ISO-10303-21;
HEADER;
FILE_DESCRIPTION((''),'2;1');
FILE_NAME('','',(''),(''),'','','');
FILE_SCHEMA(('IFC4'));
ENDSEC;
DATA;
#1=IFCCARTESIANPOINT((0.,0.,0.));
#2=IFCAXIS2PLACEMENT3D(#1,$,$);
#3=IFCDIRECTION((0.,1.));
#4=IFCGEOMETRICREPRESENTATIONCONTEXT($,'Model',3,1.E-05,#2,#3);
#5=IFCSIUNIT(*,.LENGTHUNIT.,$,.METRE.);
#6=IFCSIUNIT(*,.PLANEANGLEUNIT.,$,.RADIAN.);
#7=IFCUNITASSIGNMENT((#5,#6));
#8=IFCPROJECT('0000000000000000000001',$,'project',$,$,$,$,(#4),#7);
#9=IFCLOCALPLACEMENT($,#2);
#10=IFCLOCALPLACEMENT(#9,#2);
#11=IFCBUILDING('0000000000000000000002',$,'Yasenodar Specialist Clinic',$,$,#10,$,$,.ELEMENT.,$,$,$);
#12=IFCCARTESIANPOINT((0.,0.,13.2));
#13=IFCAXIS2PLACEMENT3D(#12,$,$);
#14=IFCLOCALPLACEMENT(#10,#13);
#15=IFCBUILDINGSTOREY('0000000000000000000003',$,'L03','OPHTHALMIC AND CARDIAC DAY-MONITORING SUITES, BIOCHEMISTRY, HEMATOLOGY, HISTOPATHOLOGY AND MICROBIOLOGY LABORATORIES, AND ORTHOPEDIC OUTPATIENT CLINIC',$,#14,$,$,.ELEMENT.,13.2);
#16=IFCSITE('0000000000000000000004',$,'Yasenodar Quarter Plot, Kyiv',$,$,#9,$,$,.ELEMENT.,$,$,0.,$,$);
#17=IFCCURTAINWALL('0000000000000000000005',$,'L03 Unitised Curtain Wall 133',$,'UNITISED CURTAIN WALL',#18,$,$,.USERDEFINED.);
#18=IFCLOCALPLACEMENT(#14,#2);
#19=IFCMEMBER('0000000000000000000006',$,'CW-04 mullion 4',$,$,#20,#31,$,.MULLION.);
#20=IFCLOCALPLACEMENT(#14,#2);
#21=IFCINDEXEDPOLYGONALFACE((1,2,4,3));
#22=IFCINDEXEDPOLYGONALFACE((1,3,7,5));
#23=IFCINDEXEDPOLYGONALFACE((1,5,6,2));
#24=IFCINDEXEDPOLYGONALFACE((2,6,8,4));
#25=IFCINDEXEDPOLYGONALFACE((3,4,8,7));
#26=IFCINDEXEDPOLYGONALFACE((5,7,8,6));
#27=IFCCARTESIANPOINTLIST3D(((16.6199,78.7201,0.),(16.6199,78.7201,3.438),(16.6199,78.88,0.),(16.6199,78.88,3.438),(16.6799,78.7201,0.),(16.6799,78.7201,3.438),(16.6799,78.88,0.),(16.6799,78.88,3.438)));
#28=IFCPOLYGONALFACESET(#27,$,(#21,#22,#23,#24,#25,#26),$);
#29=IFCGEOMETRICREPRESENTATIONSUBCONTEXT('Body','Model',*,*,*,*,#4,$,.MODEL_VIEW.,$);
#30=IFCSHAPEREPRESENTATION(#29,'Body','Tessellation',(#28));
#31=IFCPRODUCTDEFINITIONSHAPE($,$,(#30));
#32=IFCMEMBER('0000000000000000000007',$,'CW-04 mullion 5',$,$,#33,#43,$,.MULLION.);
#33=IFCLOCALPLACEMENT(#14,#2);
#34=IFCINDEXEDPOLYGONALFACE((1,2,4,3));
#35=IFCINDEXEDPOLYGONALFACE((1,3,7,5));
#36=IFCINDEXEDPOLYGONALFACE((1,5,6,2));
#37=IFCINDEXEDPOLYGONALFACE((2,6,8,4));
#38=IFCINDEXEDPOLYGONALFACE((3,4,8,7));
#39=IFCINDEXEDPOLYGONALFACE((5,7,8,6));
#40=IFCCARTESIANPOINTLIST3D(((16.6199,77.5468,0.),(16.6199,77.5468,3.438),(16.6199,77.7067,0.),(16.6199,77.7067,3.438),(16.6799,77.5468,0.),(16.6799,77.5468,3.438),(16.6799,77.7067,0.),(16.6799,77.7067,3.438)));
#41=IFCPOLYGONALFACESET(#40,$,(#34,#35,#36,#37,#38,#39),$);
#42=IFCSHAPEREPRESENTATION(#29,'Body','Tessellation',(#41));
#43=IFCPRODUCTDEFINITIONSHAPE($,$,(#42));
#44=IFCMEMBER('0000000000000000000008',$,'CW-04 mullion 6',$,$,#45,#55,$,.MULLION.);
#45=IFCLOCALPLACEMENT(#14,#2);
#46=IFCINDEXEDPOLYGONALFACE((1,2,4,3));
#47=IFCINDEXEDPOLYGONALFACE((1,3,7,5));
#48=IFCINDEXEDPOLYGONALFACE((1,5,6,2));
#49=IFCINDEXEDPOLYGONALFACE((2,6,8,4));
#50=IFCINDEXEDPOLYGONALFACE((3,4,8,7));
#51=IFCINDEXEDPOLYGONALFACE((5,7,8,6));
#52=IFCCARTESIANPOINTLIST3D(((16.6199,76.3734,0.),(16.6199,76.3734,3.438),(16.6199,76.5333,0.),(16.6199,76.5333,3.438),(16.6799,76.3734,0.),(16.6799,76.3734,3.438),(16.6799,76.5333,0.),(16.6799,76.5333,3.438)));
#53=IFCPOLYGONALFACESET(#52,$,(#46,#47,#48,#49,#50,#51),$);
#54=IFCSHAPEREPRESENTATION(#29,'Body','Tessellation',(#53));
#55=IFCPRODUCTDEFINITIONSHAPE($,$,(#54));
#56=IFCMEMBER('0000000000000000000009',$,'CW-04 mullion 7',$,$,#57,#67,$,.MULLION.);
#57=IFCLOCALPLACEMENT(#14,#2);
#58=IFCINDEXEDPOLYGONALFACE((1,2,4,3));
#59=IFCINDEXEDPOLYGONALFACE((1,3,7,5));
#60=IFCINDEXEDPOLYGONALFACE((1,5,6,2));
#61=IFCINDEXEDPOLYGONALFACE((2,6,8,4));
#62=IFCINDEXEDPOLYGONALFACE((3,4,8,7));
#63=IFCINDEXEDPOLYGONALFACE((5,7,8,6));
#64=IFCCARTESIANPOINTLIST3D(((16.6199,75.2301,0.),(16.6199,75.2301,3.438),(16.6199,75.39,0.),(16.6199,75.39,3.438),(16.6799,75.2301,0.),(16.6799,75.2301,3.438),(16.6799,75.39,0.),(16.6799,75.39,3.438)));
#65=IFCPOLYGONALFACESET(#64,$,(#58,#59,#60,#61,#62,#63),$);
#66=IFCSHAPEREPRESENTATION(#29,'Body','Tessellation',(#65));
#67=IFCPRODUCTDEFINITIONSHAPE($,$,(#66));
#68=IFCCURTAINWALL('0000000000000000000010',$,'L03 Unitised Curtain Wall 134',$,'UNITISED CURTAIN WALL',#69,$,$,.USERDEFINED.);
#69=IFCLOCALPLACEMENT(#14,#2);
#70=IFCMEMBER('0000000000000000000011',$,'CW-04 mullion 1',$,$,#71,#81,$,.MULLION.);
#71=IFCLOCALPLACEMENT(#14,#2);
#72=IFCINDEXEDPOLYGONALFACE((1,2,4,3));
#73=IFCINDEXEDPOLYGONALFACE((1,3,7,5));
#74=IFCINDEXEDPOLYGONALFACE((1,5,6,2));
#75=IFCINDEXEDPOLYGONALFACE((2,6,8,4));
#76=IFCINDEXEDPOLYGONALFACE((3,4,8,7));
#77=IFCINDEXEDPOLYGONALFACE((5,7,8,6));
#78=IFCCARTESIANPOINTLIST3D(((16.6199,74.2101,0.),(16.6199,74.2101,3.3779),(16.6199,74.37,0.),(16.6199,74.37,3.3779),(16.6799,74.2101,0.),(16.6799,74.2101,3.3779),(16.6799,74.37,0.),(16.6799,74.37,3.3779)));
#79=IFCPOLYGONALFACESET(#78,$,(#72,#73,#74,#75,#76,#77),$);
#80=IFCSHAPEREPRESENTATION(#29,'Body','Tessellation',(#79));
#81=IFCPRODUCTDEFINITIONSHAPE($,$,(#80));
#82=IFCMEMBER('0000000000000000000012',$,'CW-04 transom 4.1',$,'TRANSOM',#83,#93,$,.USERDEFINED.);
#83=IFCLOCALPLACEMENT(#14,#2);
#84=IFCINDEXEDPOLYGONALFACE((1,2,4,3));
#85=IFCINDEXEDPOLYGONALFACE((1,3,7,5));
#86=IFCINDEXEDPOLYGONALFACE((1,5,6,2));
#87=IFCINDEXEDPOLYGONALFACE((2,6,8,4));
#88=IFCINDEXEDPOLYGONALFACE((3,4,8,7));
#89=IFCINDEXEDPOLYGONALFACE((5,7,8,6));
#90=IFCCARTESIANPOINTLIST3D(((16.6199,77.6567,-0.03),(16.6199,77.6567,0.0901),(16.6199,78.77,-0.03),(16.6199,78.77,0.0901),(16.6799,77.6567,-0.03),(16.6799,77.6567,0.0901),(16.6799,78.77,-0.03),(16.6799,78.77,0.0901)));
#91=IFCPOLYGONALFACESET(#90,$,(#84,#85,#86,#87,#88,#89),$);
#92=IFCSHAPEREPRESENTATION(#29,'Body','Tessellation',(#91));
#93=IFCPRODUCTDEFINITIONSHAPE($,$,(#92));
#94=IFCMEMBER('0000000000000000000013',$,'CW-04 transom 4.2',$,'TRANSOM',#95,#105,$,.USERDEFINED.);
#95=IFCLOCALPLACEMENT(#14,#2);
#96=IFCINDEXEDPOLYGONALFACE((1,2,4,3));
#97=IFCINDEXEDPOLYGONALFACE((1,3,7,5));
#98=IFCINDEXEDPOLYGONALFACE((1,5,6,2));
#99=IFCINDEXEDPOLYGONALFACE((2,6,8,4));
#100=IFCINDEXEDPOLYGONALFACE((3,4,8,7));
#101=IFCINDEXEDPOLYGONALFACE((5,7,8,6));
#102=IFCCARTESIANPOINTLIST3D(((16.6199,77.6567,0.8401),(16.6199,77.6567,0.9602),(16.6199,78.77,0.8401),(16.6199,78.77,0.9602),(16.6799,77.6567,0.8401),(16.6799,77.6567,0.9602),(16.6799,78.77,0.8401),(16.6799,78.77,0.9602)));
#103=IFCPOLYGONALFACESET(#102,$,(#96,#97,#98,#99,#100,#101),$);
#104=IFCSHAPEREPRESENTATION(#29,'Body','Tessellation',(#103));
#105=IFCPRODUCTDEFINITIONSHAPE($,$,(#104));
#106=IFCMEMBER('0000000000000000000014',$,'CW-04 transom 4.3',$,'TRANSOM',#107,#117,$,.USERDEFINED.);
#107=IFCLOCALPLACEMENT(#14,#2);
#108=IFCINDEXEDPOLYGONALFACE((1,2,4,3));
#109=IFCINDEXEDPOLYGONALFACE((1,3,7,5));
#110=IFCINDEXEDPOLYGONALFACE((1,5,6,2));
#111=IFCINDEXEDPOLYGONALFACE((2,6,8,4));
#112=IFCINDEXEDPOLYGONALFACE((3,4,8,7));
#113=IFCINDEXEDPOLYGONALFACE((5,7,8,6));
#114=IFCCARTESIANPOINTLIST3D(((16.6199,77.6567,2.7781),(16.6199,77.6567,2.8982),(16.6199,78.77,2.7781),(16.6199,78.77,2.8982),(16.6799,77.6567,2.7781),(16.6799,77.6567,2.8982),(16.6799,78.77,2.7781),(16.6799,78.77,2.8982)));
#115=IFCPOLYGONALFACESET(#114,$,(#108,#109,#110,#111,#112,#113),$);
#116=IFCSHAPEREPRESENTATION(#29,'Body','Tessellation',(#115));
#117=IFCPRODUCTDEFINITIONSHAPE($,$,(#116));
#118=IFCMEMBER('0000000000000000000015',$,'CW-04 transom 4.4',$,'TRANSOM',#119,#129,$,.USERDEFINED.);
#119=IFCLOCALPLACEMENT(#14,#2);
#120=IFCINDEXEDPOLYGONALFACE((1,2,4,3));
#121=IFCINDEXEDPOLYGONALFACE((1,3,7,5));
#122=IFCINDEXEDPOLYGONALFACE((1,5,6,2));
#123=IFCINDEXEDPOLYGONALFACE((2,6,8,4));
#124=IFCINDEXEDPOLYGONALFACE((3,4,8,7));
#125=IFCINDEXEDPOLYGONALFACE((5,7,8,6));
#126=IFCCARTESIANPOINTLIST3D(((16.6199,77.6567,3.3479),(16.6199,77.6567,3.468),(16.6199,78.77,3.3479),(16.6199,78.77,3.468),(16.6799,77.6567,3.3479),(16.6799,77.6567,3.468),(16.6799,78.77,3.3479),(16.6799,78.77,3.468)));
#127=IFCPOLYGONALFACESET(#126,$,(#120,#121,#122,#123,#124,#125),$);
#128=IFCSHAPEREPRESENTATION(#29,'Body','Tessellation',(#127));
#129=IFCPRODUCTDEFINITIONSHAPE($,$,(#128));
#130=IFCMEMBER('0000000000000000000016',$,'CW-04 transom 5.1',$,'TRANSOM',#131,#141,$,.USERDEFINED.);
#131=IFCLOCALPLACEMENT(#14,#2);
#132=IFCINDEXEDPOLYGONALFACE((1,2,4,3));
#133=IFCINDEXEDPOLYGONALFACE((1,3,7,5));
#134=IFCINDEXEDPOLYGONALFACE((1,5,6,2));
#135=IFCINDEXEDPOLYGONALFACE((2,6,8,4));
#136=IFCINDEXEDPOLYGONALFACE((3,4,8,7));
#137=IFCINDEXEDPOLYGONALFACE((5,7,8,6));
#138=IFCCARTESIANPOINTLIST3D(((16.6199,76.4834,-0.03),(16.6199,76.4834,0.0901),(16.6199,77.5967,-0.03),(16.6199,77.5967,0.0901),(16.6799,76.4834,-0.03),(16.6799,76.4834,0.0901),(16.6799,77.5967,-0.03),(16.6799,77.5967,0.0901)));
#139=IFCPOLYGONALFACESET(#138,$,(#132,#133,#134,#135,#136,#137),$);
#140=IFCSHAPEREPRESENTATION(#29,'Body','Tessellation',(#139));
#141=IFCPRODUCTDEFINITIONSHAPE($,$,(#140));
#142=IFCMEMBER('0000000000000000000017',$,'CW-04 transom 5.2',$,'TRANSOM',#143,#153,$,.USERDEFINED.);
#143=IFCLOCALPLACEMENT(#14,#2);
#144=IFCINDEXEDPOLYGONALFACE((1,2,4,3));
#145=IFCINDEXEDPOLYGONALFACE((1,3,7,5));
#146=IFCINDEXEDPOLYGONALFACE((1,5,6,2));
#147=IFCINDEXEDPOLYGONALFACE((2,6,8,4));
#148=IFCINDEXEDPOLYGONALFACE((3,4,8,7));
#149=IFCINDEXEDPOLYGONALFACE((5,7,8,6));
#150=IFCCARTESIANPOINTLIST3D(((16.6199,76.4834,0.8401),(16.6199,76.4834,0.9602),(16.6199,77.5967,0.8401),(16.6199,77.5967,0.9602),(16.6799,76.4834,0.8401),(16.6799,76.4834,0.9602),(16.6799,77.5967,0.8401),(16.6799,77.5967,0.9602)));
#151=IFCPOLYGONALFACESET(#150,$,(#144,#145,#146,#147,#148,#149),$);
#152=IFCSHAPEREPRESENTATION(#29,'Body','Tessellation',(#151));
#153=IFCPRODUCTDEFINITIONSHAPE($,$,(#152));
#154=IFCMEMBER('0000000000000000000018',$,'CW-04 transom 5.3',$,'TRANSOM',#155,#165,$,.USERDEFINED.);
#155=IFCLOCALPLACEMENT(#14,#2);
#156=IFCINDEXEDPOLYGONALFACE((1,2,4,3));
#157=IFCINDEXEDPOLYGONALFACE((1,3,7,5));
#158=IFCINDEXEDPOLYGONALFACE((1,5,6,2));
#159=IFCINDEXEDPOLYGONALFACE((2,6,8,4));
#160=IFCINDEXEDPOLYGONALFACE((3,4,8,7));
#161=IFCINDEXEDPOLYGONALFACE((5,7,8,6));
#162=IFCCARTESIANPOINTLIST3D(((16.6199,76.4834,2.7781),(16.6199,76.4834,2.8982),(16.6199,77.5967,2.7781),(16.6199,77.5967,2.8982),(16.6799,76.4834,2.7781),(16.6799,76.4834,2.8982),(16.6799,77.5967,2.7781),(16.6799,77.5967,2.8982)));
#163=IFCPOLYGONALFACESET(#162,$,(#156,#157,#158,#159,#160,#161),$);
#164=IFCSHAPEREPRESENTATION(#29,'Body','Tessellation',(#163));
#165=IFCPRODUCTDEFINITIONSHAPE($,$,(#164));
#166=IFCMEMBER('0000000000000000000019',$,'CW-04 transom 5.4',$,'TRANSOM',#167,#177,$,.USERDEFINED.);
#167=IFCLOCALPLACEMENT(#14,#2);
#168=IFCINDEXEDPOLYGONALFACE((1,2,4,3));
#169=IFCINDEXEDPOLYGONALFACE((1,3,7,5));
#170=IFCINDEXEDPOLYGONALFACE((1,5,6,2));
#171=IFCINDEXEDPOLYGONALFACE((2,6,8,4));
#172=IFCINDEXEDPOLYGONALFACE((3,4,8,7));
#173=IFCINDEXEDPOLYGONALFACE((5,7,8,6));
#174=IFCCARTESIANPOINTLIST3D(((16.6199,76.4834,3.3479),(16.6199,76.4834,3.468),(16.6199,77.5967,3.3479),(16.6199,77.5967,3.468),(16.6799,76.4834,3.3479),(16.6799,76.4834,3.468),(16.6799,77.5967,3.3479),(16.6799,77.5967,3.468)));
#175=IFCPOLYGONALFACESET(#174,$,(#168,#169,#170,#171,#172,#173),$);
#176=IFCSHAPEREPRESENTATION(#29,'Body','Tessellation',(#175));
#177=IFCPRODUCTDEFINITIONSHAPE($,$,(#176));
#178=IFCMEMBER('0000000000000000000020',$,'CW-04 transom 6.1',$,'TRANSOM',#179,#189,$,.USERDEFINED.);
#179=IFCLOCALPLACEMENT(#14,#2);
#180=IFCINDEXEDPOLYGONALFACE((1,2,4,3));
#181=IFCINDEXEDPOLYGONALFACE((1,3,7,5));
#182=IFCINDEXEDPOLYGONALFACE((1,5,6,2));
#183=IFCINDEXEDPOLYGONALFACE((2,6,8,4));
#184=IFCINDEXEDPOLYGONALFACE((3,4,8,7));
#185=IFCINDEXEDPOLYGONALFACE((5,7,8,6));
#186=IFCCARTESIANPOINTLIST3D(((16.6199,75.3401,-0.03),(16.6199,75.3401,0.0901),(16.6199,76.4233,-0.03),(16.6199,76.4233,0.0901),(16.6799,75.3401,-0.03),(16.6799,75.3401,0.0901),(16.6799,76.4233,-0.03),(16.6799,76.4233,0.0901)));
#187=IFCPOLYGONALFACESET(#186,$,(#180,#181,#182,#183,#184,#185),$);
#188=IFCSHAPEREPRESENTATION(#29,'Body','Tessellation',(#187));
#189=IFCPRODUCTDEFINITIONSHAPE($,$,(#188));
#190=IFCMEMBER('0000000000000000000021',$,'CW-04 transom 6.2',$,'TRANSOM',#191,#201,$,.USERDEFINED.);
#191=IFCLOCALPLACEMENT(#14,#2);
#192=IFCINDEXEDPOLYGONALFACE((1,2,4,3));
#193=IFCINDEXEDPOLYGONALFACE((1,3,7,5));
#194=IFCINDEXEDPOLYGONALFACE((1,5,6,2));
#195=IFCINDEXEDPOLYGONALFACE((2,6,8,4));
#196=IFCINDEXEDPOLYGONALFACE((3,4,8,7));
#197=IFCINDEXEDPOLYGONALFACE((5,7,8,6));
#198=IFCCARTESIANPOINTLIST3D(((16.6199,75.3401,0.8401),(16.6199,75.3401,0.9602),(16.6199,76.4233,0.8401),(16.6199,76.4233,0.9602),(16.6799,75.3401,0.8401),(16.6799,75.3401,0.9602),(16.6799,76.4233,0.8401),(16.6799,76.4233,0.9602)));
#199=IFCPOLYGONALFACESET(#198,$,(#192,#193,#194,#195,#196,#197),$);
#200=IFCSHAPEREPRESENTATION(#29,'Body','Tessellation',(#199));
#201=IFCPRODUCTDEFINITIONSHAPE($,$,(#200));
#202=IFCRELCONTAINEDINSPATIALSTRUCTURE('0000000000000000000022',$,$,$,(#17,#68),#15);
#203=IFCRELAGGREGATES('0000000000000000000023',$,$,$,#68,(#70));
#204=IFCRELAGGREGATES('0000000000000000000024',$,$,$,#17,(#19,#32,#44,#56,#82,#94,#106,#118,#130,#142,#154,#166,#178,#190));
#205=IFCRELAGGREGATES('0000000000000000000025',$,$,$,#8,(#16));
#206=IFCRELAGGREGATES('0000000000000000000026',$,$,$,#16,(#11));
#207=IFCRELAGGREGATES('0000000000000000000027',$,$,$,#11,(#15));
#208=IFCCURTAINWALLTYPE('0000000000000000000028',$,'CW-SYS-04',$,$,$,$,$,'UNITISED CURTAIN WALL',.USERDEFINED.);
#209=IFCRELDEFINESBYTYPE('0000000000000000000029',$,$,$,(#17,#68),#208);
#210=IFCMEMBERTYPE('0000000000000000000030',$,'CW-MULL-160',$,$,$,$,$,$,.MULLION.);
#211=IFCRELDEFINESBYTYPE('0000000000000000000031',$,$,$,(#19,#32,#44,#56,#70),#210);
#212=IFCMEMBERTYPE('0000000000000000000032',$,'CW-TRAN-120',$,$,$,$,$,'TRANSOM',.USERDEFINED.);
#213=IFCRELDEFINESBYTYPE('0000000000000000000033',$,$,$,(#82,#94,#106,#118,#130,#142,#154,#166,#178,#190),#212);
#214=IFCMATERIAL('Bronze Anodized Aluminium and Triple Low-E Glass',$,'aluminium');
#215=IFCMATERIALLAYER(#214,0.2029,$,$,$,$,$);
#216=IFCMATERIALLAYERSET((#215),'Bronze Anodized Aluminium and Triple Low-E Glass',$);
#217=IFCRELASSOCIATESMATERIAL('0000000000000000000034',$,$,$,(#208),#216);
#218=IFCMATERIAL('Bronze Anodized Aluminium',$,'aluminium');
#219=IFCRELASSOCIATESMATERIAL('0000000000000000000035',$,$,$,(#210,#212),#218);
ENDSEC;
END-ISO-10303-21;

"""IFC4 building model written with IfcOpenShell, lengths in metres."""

from ifc_helpers import new_model, si_unit, direction, frame, origin, origin_2d, place, context, subcontext, project, spatial, rectangle, extrude, material, layer, layer_set, material_profile, profile_set, type_object, element, aggregate, save


model = new_model("IFC4")

# Units and contexts
model_context = context("Model", 3, precision=1e-05, world=origin(), true_north=direction((0.0, 1.0)))
body_context = subcontext(model_context, "Body", "Model", "MODEL_VIEW")
ifc_project = project(units=[si_unit("LENGTHUNIT", "METRE"), si_unit("PLANEANGLEUNIT", "RADIAN")], contexts=[model_context])

# Site, building, storey
site_placement = place(None, origin())
site = spatial("IfcSite", under=ifc_project, at=site_placement, Name="Yasenodar Quarter Plot, Kyiv", CompositionType="ELEMENT", RefElevation=0.0)
building_placement = place(site_placement, origin())
building = spatial("IfcBuilding", under=site, at=building_placement, Name="Yasenodar Specialist Clinic", CompositionType="ELEMENT")
storey_placement = place(building_placement, frame((0.0, 0.0, 13.2)))
storey = spatial("IfcBuildingStorey", under=building, at=storey_placement, Name="L03", Description="OPHTHALMIC AND CARDIAC DAY-MONITORING SUITES, BIOCHEMISTRY, HEMATOLOGY, HISTOPATHOLOGY AND MICROBIOLOGY LABORATORIES, AND ORTHOPEDIC OUTPATIENT CLINIC", CompositionType="ELEMENT", Elevation=13.2)

# Curtain wall, members
ifc_material_1 = material(Name="Bronze Anodized Aluminium and Triple Low-E Glass", Category="aluminium")
ifc_layer_1 = layer(ifc_material_1, 0.2029)
ifc_layer_set_1 = layer_set([ifc_layer_1], Name="Bronze Anodized Aluminium and Triple Low-E Glass")
curtain_wall_type = type_object("IfcCurtainWallType", Name="CW-SYS-04", ElementType="UNITISED CURTAIN WALL", PredefinedType="USERDEFINED", material=ifc_layer_set_1)
curtain_wall_1_placement = place(storey_placement, origin())
curtain_wall_1 = element("IfcCurtainWall", 1, at=curtain_wall_1_placement, inside=storey, type_object=curtain_wall_type, Name="L03 Unitised Curtain Wall 133", ObjectType="UNITISED CURTAIN WALL", PredefinedType="USERDEFINED")
ifc_material_2 = material(Name="Bronze Anodized Aluminium", Category="aluminium")
ifc_material_profile_1 = material_profile(ifc_material_2, rectangle(XDim=0.0601, YDim=0.1599, at=origin_2d()), Name="CW-MULL 60x160")
ifc_profile_set_1 = profile_set([ifc_material_profile_1], Name="Bronze Anodized Aluminium")
member_type_1 = type_object("IfcMemberType", Name="CW-MULL-160", PredefinedType="MULLION", material=ifc_profile_set_1)
member_1_placement = place(storey_placement, frame((16.6499, 78.8, 0.0), z_axis=(0.0, 0.0, 1.0), x_axis=(1.0, 0.0, 0.0)))
member_1 = element("IfcMember", 2, at=member_1_placement, type_object=member_type_1, Name="CW-04 mullion 4", PredefinedType="MULLION", context=body_context, shape_type="SweptSolid", body=[
    extrude(rectangle(XDim=0.0601, YDim=0.1599, at=origin_2d()), origin(), (0.0, 0.0, 1.0), 3.438),
])
member_2_placement = place(storey_placement, frame((16.6499, 77.6267, 0.0), z_axis=(0.0, 0.0, 1.0), x_axis=(1.0, 0.0, 0.0)))
member_2 = element("IfcMember", 3, at=member_2_placement, type_object=member_type_1, Name="CW-04 mullion 5", PredefinedType="MULLION", context=body_context, shape_type="SweptSolid", body=[
    extrude(rectangle(XDim=0.0601, YDim=0.1599, at=origin_2d()), origin(), (0.0, 0.0, 1.0), 3.438),
])
member_3_placement = place(storey_placement, frame((16.6499, 76.4534, 0.0), z_axis=(0.0, 0.0, 1.0), x_axis=(1.0, 0.0, 0.0)))
member_3 = element("IfcMember", 4, at=member_3_placement, type_object=member_type_1, Name="CW-04 mullion 6", PredefinedType="MULLION", context=body_context, shape_type="SweptSolid", body=[
    extrude(rectangle(XDim=0.0601, YDim=0.1599, at=origin_2d()), origin(), (0.0, 0.0, 1.0), 3.438),
])
member_4_placement = place(storey_placement, frame((16.6499, 75.3101, 0.0), z_axis=(0.0, 0.0, 1.0), x_axis=(1.0, 0.0, 0.0)))
member_4 = element("IfcMember", 5, at=member_4_placement, type_object=member_type_1, Name="CW-04 mullion 7", PredefinedType="MULLION", context=body_context, shape_type="SweptSolid", body=[
    extrude(rectangle(XDim=0.0601, YDim=0.1599, at=origin_2d()), origin(), (0.0, 0.0, 1.0), 3.438),
])

# Curtain wall, member
curtain_wall_2_placement = place(storey_placement, origin())
curtain_wall_2 = element("IfcCurtainWall", 6, at=curtain_wall_2_placement, inside=storey, type_object=curtain_wall_type, Name="L03 Unitised Curtain Wall 134", ObjectType="UNITISED CURTAIN WALL", PredefinedType="USERDEFINED")
member_5_placement = place(storey_placement, frame((16.6499, 74.29, 0.0), z_axis=(0.0, 0.0, 1.0), x_axis=(1.0, 0.0, 0.0)))
member_5 = element("IfcMember", 7, at=member_5_placement, type_object=member_type_1, Name="CW-04 mullion 1", PredefinedType="MULLION", context=body_context, shape_type="SweptSolid", body=[
    extrude(rectangle(XDim=0.0601, YDim=0.1599, at=origin_2d()), origin(), (0.0, 0.0, 1.0), 3.3779),
])

# Members
ifc_material_profile_2 = material_profile(ifc_material_2, rectangle(XDim=0.0601, YDim=0.1201, at=origin_2d()), Name="CW-TRAN 60x120")
ifc_profile_set_2 = profile_set([ifc_material_profile_2], Name="Bronze Anodized Aluminium")
member_type_2 = type_object("IfcMemberType", Name="CW-TRAN-120", ElementType="TRANSOM", PredefinedType="USERDEFINED", material=ifc_profile_set_2)
member_6_placement = place(storey_placement, frame((16.6499, 78.77, 0.03), z_axis=(0.0, -1.0, 0.0), x_axis=(1.0, 0.0, 0.0)))
member_6 = element("IfcMember", 8, at=member_6_placement, type_object=member_type_2, Name="CW-04 transom 4.1", ObjectType="TRANSOM", PredefinedType="USERDEFINED", context=body_context, shape_type="SweptSolid", body=[
    extrude(rectangle(XDim=0.0601, YDim=0.1201, at=origin_2d()), origin(), (0.0, 0.0, 1.0), 1.1133),
])
member_7_placement = place(storey_placement, frame((16.6499, 78.77, 0.9001), z_axis=(0.0, -1.0, 0.0), x_axis=(1.0, 0.0, 0.0)))
member_7 = element("IfcMember", 9, at=member_7_placement, type_object=member_type_2, Name="CW-04 transom 4.2", ObjectType="TRANSOM", PredefinedType="USERDEFINED", context=body_context, shape_type="SweptSolid", body=[
    extrude(rectangle(XDim=0.0601, YDim=0.1201, at=origin_2d()), origin(), (0.0, 0.0, 1.0), 1.1133),
])
member_8_placement = place(storey_placement, frame((16.6499, 78.77, 2.8381), z_axis=(0.0, -1.0, 0.0), x_axis=(1.0, 0.0, 0.0)))
member_8 = element("IfcMember", 10, at=member_8_placement, type_object=member_type_2, Name="CW-04 transom 4.3", ObjectType="TRANSOM", PredefinedType="USERDEFINED", context=body_context, shape_type="SweptSolid", body=[
    extrude(rectangle(XDim=0.0601, YDim=0.1201, at=origin_2d()), origin(), (0.0, 0.0, 1.0), 1.1133),
])
member_9_placement = place(storey_placement, frame((16.6499, 78.77, 3.408), z_axis=(0.0, -1.0, 0.0), x_axis=(1.0, 0.0, 0.0)))
member_9 = element("IfcMember", 11, at=member_9_placement, type_object=member_type_2, Name="CW-04 transom 4.4", ObjectType="TRANSOM", PredefinedType="USERDEFINED", context=body_context, shape_type="SweptSolid", body=[
    extrude(rectangle(XDim=0.0601, YDim=0.1201, at=origin_2d()), origin(), (0.0, 0.0, 1.0), 1.1133),
])
member_10_placement = place(storey_placement, frame((16.6499, 77.5967, 0.03), z_axis=(0.0, -1.0, 0.0), x_axis=(1.0, 0.0, 0.0)))
member_10 = element("IfcMember", 12, at=member_10_placement, type_object=member_type_2, Name="CW-04 transom 5.1", ObjectType="TRANSOM", PredefinedType="USERDEFINED", context=body_context, shape_type="SweptSolid", body=[
    extrude(rectangle(XDim=0.0601, YDim=0.1201, at=origin_2d()), origin(), (0.0, 0.0, 1.0), 1.1133),
])
member_11_placement = place(storey_placement, frame((16.6499, 77.5967, 0.9001), z_axis=(0.0, -1.0, 0.0), x_axis=(1.0, 0.0, 0.0)))
member_11 = element("IfcMember", 13, at=member_11_placement, type_object=member_type_2, Name="CW-04 transom 5.2", ObjectType="TRANSOM", PredefinedType="USERDEFINED", context=body_context, shape_type="SweptSolid", body=[
    extrude(rectangle(XDim=0.0601, YDim=0.1201, at=origin_2d()), origin(), (0.0, 0.0, 1.0), 1.1133),
])
member_12_placement = place(storey_placement, frame((16.6499, 77.5967, 2.8381), z_axis=(0.0, -1.0, 0.0), x_axis=(1.0, 0.0, 0.0)))
member_12 = element("IfcMember", 14, at=member_12_placement, type_object=member_type_2, Name="CW-04 transom 5.3", ObjectType="TRANSOM", PredefinedType="USERDEFINED", context=body_context, shape_type="SweptSolid", body=[
    extrude(rectangle(XDim=0.0601, YDim=0.1201, at=origin_2d()), origin(), (0.0, 0.0, 1.0), 1.1133),
])
member_13_placement = place(storey_placement, frame((16.6499, 77.5967, 3.408), z_axis=(0.0, -1.0, 0.0), x_axis=(1.0, 0.0, 0.0)))
member_13 = element("IfcMember", 15, at=member_13_placement, type_object=member_type_2, Name="CW-04 transom 5.4", ObjectType="TRANSOM", PredefinedType="USERDEFINED", context=body_context, shape_type="SweptSolid", body=[
    extrude(rectangle(XDim=0.0601, YDim=0.1201, at=origin_2d()), origin(), (0.0, 0.0, 1.0), 1.1133),
])
member_14_placement = place(storey_placement, frame((16.6499, 76.4233, 0.03), z_axis=(0.0, -1.0, 0.0), x_axis=(1.0, 0.0, 0.0)))
member_14 = element("IfcMember", 16, at=member_14_placement, type_object=member_type_2, Name="CW-04 transom 6.1", ObjectType="TRANSOM", PredefinedType="USERDEFINED", context=body_context, shape_type="SweptSolid", body=[
    extrude(rectangle(XDim=0.0601, YDim=0.1201, at=origin_2d()), origin(), (0.0, 0.0, 1.0), 1.0833),
])
member_15_placement = place(storey_placement, frame((16.6499, 76.4233, 0.9001), z_axis=(0.0, -1.0, 0.0), x_axis=(1.0, 0.0, 0.0)))
member_15 = element("IfcMember", 17, at=member_15_placement, type_object=member_type_2, Name="CW-04 transom 6.2", ObjectType="TRANSOM", PredefinedType="USERDEFINED", context=body_context, shape_type="SweptSolid", body=[
    extrude(rectangle(XDim=0.0601, YDim=0.1201, at=origin_2d()), origin(), (0.0, 0.0, 1.0), 1.0833),
])
aggregate(curtain_wall_2, [member_5])

aggregate(curtain_wall_1, [member_1, member_2, member_3, member_4, member_6, member_7, member_8, member_9, member_10, member_11, member_12, member_13, member_14, member_15])

save(model, "model.ifc")
